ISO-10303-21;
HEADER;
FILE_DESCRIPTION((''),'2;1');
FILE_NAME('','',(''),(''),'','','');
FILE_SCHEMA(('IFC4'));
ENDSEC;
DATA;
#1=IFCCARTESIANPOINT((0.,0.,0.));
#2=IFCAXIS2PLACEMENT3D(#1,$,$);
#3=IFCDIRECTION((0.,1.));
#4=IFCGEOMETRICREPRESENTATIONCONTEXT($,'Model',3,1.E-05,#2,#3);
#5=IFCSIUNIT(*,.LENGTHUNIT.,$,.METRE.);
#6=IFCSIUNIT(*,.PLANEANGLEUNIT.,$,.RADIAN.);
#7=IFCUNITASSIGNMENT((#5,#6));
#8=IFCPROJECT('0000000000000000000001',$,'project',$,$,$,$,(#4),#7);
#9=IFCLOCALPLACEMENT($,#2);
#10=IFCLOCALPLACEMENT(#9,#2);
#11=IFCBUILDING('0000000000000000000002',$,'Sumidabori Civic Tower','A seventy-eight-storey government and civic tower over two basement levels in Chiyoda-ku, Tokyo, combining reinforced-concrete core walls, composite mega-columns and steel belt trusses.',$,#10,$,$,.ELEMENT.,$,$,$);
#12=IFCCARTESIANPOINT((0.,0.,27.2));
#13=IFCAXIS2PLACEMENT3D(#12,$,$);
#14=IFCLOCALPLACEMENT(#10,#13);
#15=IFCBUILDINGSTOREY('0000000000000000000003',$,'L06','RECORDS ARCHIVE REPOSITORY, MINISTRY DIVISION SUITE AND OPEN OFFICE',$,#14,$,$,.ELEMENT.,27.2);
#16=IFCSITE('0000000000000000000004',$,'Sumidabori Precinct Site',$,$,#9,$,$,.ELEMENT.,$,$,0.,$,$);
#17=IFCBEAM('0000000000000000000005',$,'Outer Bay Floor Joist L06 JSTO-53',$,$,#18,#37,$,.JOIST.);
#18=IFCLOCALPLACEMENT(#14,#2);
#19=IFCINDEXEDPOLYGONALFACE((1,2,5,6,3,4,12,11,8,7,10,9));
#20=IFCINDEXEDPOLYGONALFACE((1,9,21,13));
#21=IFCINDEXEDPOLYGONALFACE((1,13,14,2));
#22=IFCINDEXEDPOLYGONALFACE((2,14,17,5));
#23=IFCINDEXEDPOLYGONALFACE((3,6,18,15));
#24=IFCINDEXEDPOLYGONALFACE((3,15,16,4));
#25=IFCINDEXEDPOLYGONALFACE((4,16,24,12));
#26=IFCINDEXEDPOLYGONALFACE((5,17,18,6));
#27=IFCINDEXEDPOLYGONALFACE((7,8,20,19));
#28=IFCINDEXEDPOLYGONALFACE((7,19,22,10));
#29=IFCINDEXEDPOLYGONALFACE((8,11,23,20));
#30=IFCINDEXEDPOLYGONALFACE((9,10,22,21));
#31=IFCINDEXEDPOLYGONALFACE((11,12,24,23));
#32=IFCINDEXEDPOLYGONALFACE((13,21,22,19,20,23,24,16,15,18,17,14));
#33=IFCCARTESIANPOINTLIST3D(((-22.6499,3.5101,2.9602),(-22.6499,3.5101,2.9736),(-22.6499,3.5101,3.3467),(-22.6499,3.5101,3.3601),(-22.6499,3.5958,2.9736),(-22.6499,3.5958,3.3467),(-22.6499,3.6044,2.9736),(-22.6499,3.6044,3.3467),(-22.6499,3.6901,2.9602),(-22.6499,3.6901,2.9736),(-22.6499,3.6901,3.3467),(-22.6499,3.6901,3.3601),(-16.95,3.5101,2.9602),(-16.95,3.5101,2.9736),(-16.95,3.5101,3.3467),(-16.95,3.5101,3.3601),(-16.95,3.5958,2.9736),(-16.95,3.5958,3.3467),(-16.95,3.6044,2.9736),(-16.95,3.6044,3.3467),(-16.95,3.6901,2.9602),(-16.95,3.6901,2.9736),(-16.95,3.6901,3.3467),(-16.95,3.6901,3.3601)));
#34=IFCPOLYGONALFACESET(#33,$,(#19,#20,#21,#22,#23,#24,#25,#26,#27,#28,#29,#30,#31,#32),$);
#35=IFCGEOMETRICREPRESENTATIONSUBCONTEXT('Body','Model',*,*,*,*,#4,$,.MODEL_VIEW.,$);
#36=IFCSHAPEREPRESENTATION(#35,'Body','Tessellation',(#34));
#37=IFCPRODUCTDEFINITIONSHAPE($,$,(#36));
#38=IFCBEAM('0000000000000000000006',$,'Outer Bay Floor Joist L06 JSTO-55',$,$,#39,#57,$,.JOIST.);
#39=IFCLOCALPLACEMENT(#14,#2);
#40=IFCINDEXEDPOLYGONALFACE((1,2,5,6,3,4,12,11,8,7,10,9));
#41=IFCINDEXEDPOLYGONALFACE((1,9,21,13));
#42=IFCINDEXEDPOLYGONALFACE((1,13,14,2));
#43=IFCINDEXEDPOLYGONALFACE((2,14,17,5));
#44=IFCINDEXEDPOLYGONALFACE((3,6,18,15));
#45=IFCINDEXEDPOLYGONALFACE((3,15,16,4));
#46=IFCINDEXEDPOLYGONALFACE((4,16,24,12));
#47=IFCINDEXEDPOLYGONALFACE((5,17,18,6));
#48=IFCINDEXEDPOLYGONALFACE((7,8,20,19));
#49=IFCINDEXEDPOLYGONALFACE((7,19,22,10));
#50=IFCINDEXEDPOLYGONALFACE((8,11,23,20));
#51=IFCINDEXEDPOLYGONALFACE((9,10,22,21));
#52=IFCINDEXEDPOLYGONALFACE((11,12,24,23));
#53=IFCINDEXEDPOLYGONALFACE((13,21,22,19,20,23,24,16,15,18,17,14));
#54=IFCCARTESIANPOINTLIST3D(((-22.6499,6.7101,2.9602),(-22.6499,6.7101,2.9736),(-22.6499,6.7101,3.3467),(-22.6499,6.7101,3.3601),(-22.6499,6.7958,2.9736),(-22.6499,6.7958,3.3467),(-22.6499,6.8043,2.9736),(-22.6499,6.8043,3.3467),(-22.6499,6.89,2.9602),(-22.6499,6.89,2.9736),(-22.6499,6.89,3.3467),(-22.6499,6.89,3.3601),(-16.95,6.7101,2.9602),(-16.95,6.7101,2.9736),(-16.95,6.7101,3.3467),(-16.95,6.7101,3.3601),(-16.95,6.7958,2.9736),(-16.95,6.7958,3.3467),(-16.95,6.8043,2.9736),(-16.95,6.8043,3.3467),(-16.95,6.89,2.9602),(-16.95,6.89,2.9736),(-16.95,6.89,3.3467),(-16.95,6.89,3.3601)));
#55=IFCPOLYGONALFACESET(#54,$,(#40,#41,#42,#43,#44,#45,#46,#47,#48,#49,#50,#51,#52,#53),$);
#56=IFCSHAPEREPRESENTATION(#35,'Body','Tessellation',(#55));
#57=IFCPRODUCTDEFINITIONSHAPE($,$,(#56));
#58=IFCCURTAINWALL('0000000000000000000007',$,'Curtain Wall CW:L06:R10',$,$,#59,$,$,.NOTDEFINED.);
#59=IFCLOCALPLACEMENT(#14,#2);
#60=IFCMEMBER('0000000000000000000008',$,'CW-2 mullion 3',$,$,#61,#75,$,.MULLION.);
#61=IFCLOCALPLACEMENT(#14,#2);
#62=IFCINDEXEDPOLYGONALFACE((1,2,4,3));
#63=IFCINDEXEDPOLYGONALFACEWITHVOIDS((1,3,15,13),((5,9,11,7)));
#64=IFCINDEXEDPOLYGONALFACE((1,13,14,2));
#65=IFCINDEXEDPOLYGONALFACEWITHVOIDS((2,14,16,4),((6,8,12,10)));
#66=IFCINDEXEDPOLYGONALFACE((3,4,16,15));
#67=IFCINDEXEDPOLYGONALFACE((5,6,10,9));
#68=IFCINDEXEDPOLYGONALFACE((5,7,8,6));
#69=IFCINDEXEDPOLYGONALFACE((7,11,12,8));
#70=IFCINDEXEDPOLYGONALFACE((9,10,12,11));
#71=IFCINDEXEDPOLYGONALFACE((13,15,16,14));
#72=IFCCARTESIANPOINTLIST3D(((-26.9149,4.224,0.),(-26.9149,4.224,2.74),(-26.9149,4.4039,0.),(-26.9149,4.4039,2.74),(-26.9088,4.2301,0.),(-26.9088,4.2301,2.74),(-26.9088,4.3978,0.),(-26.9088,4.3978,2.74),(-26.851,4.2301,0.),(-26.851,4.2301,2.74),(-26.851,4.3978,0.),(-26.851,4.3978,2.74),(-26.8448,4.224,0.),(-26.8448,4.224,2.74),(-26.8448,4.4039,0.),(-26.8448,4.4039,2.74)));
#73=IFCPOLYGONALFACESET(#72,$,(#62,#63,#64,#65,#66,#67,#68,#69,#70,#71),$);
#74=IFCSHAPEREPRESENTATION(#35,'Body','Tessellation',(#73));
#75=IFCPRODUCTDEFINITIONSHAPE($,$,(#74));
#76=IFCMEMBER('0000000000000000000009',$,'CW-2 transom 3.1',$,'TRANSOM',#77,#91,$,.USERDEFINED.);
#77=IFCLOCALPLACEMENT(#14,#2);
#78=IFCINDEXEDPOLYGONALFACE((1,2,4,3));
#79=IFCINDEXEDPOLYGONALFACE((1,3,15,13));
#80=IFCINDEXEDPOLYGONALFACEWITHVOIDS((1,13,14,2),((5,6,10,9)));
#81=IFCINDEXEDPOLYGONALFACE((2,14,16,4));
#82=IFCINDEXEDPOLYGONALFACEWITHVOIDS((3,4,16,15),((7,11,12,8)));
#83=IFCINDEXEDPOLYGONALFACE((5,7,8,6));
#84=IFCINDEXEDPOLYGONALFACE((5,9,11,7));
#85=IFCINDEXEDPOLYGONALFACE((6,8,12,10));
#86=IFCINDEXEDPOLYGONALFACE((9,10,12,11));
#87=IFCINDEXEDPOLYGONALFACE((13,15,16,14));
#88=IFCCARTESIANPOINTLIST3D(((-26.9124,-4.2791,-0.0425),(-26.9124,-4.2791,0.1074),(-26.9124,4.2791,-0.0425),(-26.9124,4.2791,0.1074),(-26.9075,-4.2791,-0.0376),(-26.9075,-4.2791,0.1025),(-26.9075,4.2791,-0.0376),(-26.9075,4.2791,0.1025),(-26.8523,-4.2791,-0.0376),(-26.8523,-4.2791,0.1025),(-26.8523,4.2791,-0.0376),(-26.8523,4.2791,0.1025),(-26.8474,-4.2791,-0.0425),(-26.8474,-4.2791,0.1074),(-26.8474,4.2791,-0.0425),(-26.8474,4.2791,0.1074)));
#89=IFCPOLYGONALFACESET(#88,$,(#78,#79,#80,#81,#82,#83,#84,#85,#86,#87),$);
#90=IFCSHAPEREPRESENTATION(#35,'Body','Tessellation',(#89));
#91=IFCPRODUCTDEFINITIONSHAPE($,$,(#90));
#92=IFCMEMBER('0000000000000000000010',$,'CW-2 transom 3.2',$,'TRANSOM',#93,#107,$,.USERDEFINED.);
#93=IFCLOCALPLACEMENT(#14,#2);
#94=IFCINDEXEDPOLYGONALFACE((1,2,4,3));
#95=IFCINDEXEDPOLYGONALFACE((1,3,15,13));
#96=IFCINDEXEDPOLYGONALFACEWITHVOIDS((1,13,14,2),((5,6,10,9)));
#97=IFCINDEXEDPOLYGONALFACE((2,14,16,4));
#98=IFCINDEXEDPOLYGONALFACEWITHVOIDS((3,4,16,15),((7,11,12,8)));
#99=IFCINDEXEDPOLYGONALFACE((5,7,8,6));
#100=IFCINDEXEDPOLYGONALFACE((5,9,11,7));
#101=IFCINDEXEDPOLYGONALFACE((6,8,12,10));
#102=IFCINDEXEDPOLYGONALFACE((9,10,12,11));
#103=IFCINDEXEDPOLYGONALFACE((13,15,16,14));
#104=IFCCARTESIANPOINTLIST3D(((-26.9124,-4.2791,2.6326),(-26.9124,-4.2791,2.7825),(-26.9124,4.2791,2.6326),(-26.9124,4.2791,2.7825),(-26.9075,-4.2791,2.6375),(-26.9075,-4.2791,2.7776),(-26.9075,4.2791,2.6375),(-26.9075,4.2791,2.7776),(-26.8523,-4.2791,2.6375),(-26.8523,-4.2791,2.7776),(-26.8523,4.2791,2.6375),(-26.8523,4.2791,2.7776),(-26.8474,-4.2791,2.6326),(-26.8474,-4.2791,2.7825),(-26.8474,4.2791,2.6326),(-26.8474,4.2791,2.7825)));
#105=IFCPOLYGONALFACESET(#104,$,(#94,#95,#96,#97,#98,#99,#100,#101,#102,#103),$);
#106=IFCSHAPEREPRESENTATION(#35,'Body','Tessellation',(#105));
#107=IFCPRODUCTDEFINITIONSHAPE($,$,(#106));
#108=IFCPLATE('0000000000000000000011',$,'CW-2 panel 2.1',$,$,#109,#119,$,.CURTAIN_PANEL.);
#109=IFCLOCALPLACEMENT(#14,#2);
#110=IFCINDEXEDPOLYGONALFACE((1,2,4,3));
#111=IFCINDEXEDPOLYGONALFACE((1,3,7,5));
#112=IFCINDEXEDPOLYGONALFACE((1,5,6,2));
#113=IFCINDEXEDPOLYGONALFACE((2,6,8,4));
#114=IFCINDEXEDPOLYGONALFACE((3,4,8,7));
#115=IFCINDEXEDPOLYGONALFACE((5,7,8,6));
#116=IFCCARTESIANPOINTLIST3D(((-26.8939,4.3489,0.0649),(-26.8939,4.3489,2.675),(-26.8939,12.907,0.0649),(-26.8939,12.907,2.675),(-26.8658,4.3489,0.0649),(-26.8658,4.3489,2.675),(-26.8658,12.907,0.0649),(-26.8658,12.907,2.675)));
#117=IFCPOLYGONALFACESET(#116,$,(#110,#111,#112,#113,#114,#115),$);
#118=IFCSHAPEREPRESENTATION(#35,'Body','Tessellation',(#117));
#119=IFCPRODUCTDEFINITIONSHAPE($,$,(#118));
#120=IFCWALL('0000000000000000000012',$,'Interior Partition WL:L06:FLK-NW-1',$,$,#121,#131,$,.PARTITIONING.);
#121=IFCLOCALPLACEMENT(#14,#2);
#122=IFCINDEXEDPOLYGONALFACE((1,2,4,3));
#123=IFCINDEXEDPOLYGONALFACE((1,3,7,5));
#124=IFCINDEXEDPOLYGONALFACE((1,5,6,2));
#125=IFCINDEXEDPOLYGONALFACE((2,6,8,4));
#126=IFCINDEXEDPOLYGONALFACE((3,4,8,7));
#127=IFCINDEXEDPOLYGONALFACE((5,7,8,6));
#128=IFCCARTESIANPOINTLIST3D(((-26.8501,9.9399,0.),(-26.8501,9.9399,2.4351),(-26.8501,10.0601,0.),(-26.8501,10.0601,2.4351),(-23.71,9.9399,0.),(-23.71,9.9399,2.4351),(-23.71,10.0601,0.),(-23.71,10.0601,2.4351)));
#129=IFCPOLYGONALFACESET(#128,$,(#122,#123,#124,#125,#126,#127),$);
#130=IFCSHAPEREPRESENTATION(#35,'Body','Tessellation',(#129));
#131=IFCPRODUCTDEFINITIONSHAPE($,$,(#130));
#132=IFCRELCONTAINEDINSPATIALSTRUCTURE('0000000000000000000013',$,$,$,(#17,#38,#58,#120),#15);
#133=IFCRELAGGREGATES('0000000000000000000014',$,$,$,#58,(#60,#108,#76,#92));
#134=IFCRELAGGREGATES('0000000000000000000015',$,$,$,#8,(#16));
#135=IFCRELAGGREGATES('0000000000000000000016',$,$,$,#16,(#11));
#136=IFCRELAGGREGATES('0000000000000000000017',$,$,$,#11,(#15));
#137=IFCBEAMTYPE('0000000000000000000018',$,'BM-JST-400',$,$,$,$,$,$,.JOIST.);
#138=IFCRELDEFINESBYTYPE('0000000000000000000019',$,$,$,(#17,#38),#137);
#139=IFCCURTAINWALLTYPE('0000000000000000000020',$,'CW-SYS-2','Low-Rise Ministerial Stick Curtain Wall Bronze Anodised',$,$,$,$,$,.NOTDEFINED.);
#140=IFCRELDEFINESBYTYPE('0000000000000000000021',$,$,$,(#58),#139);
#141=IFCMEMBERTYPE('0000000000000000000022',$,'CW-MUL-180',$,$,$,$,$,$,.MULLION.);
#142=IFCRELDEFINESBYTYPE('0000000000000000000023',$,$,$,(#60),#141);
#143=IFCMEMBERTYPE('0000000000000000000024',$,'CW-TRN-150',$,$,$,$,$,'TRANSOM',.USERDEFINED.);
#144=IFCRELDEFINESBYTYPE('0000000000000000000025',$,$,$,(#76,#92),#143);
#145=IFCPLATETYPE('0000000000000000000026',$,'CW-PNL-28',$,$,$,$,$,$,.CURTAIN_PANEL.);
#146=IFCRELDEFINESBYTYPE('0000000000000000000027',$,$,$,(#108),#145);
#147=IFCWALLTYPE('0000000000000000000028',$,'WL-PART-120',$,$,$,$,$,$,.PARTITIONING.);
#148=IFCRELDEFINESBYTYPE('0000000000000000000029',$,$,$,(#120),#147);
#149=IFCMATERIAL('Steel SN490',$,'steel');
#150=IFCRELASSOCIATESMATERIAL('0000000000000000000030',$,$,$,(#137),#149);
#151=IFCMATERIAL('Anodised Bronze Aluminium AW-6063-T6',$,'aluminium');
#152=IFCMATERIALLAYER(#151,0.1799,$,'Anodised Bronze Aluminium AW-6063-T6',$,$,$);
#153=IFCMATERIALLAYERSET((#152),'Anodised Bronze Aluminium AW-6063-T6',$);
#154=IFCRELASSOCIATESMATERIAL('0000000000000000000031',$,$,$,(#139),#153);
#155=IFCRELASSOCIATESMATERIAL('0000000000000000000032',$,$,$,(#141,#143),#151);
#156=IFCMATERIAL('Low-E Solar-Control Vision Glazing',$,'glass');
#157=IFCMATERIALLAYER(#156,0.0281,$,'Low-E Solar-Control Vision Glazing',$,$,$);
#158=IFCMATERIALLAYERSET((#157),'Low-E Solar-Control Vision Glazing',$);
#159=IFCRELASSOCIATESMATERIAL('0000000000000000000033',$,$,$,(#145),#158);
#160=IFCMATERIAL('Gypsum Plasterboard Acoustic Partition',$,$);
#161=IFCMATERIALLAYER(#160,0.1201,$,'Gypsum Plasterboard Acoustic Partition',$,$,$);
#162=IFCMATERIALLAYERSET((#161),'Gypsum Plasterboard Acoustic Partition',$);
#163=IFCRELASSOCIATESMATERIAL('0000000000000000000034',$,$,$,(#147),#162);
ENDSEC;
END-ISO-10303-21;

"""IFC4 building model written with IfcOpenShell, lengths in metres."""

from ifc_helpers import new_model, si_unit, direction, frame, frame_2d, origin, origin_2d, place, context, subcontext, project, spatial, rectangle, hollow_rectangle, i_section, extrude, source, transform, mapped, material, layer, layer_set, material_profile, profile_set, type_object, element, aggregate, save


model = new_model("IFC4")

# Units and contexts
model_context = context("Model", 3, precision=1e-05, world=origin(), true_north=direction((0.0, 1.0)))
body_context = subcontext(model_context, "Body", "Model", "MODEL_VIEW")
ifc_project = project(units=[si_unit("LENGTHUNIT", "METRE"), si_unit("PLANEANGLEUNIT", "RADIAN")], contexts=[model_context])

# Site, building, storey
site_placement = place(None, origin())
site = spatial("IfcSite", under=ifc_project, at=site_placement, Name="Sumidabori Precinct Site", CompositionType="ELEMENT", RefElevation=0.0)
building_placement = place(site_placement, origin())
building = spatial("IfcBuilding", under=site, at=building_placement, Name="Sumidabori Civic Tower", Description="A seventy-eight-storey government and civic tower over two basement levels in Chiyoda-ku, Tokyo, combining reinforced-concrete core walls, composite mega-columns and steel belt trusses.", CompositionType="ELEMENT")
storey_placement = place(building_placement, frame((0.0, 0.0, 27.2)))
storey = spatial("IfcBuildingStorey", under=building, at=storey_placement, Name="L06", Description="RECORDS ARCHIVE REPOSITORY, MINISTRY DIVISION SUITE AND OPEN OFFICE", CompositionType="ELEMENT", Elevation=27.2)

# Beams
ifc_material_1 = material(Name="Steel SN490", Category="steel")
ifc_material_profile_1 = material_profile(ifc_material_1, i_section(OverallWidth=0.1799, OverallDepth=0.3999, WebThickness=0.0085, FlangeThickness=0.0134, at=origin_2d()), Name="IPE 400")
ifc_profile_set_1 = profile_set([ifc_material_profile_1], Name="Steel SN490")
beam_type_1 = type_object("IfcBeamType", Name="BM-JST-400", PredefinedType="JOIST", material=ifc_profile_set_1)
shared_shape_1 = source(origin(), body_context, "Body", "SweptSolid", [
    extrude(i_section(OverallWidth=0.1799, OverallDepth=0.3999, WebThickness=0.0085, FlangeThickness=0.0134, at=origin_2d()), origin(), (0.0, 0.0, 1.0), 5.7),
])
for number, where, z_axis, x_axis, name in (
    (1, (-22.6499, 3.6001, 3.1602), (1.0, 0.0, 0.0), (0.0, 1.0, 0.0), "Outer Bay Floor Joist L06 JSTO-53"),
    (2, (-22.6499, 6.8, 3.1602), (1.0, 0.0, 0.0), (0.0, 1.0, 0.0), "Outer Bay Floor Joist L06 JSTO-55"),
):
    element("IfcBeam", number, at=place(storey_placement, frame(where, z_axis=z_axis, x_axis=x_axis)), inside=storey, type_object=beam_type_1, Name=name, PredefinedType="JOIST", context=body_context, shape_type="MappedRepresentation", body=[
        mapped(shared_shape_1, transform((0.0, 0.0, 0.0), x_axis=(1.0, 0.0, 0.0), y_axis=(0.0, 1.0, 0.0), z_axis=(0.0, 0.0, 1.0), scale=1.0)),
    ])

# Curtain wall, members, plate
ifc_material_2 = material(Name="Anodised Bronze Aluminium AW-6063-T6", Category="aluminium")
ifc_layer_1 = layer(ifc_material_2, 0.1799, Name="Anodised Bronze Aluminium AW-6063-T6")
ifc_layer_set_1 = layer_set([ifc_layer_1], Name="Anodised Bronze Aluminium AW-6063-T6")
curtain_wall_type = type_object("IfcCurtainWallType", Name="CW-SYS-2", Description="Low-Rise Ministerial Stick Curtain Wall Bronze Anodised", PredefinedType="NOTDEFINED", material=ifc_layer_set_1)
curtain_wall_placement = place(storey_placement, origin())
curtain_wall = element("IfcCurtainWall", 3, at=curtain_wall_placement, inside=storey, type_object=curtain_wall_type, Name="Curtain Wall CW:L06:R10", PredefinedType="NOTDEFINED")
ifc_material_profile_2 = material_profile(ifc_material_2, hollow_rectangle(XDim=0.0701, YDim=0.1799, WallThickness=0.0061, at=origin_2d()), Name="ALU MULLION 180x70")
ifc_profile_set_2 = profile_set([ifc_material_profile_2], Name="Anodised Bronze Aluminium AW-6063-T6")
member_type_1 = type_object("IfcMemberType", Name="CW-MUL-180", PredefinedType="MULLION", material=ifc_profile_set_2)
shared_shape_2 = source(origin(), body_context, "Body", "SweptSolid", [
    extrude(hollow_rectangle(XDim=0.0701, YDim=0.1799, WallThickness=0.0061, at=origin_2d()), origin(), (0.0, 0.0, 1.0), 2.74),
])
member_1_placement = place(storey_placement, frame((-26.8799, 4.314, 0.0), z_axis=(0.0, 0.0, 1.0), x_axis=(1.0, 0.0, 0.0)))
member_1 = element("IfcMember", 4, at=member_1_placement, type_object=member_type_1, Name="CW-2 mullion 3", PredefinedType="MULLION", context=body_context, shape_type="MappedRepresentation", body=[
    mapped(shared_shape_2, transform((0.0, 0.0, 0.0), x_axis=(1.0, 0.0, 0.0), y_axis=(0.0, 1.0, 0.0), z_axis=(0.0, 0.0, 1.0), scale=1.0)),
])
ifc_material_profile_3 = material_profile(ifc_material_2, hollow_rectangle(XDim=0.0649, YDim=0.1499, WallThickness=0.0049, at=origin_2d()), Name="ALU TRANSOM 150x65")
ifc_profile_set_3 = profile_set([ifc_material_profile_3], Name="Anodised Bronze Aluminium AW-6063-T6")
member_type_2 = type_object("IfcMemberType", Name="CW-TRN-150", ElementType="TRANSOM", PredefinedType="USERDEFINED", material=ifc_profile_set_3)
shared_shape_3 = source(origin(), body_context, "Body", "SweptSolid", [
    extrude(hollow_rectangle(XDim=0.0649, YDim=0.1499, WallThickness=0.0049, at=origin_2d()), origin(), (0.0, 0.0, 1.0), 8.5581),
])
member_2_placement = place(storey_placement, frame((-26.8799, 4.2791, 0.0325), z_axis=(0.0, -1.0, 0.0), x_axis=(1.0, 0.0, 0.0)))
member_2 = element("IfcMember", 5, at=member_2_placement, type_object=member_type_2, Name="CW-2 transom 3.1", ObjectType="TRANSOM", PredefinedType="USERDEFINED", context=body_context, shape_type="MappedRepresentation", body=[
    mapped(shared_shape_3, transform((0.0, 0.0, 0.0), x_axis=(1.0, 0.0, 0.0), y_axis=(0.0, 1.0, 0.0), z_axis=(0.0, 0.0, 1.0), scale=1.0)),
])
member_3_placement = place(storey_placement, frame((-26.8799, 4.2791, 2.7075), z_axis=(0.0, -1.0, 0.0), x_axis=(1.0, 0.0, 0.0)))
member_3 = element("IfcMember", 6, at=member_3_placement, type_object=member_type_2, Name="CW-2 transom 3.2", ObjectType="TRANSOM", PredefinedType="USERDEFINED", context=body_context, shape_type="MappedRepresentation", body=[
    mapped(shared_shape_3, transform((0.0, 0.0, 0.0), x_axis=(1.0, 0.0, 0.0), y_axis=(0.0, 1.0, 0.0), z_axis=(0.0, 0.0, 1.0), scale=1.0)),
])
ifc_material_3 = material(Name="Low-E Solar-Control Vision Glazing", Category="glass")
ifc_layer_2 = layer(ifc_material_3, 0.0281, Name="Low-E Solar-Control Vision Glazing")
ifc_layer_set_2 = layer_set([ifc_layer_2], Name="Low-E Solar-Control Vision Glazing")
plate_type = type_object("IfcPlateType", Name="CW-PNL-28", PredefinedType="CURTAIN_PANEL", material=ifc_layer_set_2)
shared_shape_4 = source(origin(), body_context, "Body", "SweptSolid", [
    extrude(rectangle(XDim=8.5581, YDim=0.0281, at=origin_2d()), origin(), (0.0, 0.0, 1.0), 2.6101),
])
plate_placement = place(storey_placement, frame((-26.8799, 8.6279, 0.0649), z_axis=(0.0, 0.0, 1.0), x_axis=(0.0, -1.0, 0.0)))
plate = element("IfcPlate", 7, at=plate_placement, type_object=plate_type, Name="CW-2 panel 2.1", PredefinedType="CURTAIN_PANEL", context=body_context, shape_type="MappedRepresentation", body=[
    mapped(shared_shape_4, transform((0.0, 0.0, 0.0), x_axis=(1.0, 0.0, 0.0), y_axis=(0.0, 1.0, 0.0), z_axis=(0.0, 0.0, 1.0), scale=1.0)),
])
aggregate(curtain_wall, [member_1, plate, member_2, member_3])

# Wall
ifc_material_4 = material(Name="Gypsum Plasterboard Acoustic Partition")
ifc_layer_3 = layer(ifc_material_4, 0.1201, Name="Gypsum Plasterboard Acoustic Partition")
ifc_layer_set_3 = layer_set([ifc_layer_3], Name="Gypsum Plasterboard Acoustic Partition")
wall_type = type_object("IfcWallType", Name="WL-PART-120", PredefinedType="PARTITIONING", material=ifc_layer_set_3)
shared_shape_5 = source(origin(), body_context, "Body", "SweptSolid", [
    extrude(rectangle(XDim=3.1401, YDim=0.1201, at=frame_2d((1.5701, 0.0))), origin(), (0.0, 0.0, 1.0), 2.4351),
])
wall_1_placement = place(storey_placement, frame((-26.8501, 10.0, 0.0), z_axis=(0.0, 0.0, 1.0), x_axis=(1.0, 0.0, 0.0)))
element("IfcWall", 8, at=wall_1_placement, inside=storey, type_object=wall_type, Name="Interior Partition WL:L06:FLK-NW-1", PredefinedType="PARTITIONING", context=body_context, shape_type="MappedRepresentation", body=[
    mapped(shared_shape_5, transform((0.0, 0.0, 0.0), x_axis=(1.0, 0.0, 0.0), y_axis=(0.0, 1.0, 0.0), z_axis=(0.0, 0.0, 1.0), scale=1.0)),
])

save(model, "model.ifc")
